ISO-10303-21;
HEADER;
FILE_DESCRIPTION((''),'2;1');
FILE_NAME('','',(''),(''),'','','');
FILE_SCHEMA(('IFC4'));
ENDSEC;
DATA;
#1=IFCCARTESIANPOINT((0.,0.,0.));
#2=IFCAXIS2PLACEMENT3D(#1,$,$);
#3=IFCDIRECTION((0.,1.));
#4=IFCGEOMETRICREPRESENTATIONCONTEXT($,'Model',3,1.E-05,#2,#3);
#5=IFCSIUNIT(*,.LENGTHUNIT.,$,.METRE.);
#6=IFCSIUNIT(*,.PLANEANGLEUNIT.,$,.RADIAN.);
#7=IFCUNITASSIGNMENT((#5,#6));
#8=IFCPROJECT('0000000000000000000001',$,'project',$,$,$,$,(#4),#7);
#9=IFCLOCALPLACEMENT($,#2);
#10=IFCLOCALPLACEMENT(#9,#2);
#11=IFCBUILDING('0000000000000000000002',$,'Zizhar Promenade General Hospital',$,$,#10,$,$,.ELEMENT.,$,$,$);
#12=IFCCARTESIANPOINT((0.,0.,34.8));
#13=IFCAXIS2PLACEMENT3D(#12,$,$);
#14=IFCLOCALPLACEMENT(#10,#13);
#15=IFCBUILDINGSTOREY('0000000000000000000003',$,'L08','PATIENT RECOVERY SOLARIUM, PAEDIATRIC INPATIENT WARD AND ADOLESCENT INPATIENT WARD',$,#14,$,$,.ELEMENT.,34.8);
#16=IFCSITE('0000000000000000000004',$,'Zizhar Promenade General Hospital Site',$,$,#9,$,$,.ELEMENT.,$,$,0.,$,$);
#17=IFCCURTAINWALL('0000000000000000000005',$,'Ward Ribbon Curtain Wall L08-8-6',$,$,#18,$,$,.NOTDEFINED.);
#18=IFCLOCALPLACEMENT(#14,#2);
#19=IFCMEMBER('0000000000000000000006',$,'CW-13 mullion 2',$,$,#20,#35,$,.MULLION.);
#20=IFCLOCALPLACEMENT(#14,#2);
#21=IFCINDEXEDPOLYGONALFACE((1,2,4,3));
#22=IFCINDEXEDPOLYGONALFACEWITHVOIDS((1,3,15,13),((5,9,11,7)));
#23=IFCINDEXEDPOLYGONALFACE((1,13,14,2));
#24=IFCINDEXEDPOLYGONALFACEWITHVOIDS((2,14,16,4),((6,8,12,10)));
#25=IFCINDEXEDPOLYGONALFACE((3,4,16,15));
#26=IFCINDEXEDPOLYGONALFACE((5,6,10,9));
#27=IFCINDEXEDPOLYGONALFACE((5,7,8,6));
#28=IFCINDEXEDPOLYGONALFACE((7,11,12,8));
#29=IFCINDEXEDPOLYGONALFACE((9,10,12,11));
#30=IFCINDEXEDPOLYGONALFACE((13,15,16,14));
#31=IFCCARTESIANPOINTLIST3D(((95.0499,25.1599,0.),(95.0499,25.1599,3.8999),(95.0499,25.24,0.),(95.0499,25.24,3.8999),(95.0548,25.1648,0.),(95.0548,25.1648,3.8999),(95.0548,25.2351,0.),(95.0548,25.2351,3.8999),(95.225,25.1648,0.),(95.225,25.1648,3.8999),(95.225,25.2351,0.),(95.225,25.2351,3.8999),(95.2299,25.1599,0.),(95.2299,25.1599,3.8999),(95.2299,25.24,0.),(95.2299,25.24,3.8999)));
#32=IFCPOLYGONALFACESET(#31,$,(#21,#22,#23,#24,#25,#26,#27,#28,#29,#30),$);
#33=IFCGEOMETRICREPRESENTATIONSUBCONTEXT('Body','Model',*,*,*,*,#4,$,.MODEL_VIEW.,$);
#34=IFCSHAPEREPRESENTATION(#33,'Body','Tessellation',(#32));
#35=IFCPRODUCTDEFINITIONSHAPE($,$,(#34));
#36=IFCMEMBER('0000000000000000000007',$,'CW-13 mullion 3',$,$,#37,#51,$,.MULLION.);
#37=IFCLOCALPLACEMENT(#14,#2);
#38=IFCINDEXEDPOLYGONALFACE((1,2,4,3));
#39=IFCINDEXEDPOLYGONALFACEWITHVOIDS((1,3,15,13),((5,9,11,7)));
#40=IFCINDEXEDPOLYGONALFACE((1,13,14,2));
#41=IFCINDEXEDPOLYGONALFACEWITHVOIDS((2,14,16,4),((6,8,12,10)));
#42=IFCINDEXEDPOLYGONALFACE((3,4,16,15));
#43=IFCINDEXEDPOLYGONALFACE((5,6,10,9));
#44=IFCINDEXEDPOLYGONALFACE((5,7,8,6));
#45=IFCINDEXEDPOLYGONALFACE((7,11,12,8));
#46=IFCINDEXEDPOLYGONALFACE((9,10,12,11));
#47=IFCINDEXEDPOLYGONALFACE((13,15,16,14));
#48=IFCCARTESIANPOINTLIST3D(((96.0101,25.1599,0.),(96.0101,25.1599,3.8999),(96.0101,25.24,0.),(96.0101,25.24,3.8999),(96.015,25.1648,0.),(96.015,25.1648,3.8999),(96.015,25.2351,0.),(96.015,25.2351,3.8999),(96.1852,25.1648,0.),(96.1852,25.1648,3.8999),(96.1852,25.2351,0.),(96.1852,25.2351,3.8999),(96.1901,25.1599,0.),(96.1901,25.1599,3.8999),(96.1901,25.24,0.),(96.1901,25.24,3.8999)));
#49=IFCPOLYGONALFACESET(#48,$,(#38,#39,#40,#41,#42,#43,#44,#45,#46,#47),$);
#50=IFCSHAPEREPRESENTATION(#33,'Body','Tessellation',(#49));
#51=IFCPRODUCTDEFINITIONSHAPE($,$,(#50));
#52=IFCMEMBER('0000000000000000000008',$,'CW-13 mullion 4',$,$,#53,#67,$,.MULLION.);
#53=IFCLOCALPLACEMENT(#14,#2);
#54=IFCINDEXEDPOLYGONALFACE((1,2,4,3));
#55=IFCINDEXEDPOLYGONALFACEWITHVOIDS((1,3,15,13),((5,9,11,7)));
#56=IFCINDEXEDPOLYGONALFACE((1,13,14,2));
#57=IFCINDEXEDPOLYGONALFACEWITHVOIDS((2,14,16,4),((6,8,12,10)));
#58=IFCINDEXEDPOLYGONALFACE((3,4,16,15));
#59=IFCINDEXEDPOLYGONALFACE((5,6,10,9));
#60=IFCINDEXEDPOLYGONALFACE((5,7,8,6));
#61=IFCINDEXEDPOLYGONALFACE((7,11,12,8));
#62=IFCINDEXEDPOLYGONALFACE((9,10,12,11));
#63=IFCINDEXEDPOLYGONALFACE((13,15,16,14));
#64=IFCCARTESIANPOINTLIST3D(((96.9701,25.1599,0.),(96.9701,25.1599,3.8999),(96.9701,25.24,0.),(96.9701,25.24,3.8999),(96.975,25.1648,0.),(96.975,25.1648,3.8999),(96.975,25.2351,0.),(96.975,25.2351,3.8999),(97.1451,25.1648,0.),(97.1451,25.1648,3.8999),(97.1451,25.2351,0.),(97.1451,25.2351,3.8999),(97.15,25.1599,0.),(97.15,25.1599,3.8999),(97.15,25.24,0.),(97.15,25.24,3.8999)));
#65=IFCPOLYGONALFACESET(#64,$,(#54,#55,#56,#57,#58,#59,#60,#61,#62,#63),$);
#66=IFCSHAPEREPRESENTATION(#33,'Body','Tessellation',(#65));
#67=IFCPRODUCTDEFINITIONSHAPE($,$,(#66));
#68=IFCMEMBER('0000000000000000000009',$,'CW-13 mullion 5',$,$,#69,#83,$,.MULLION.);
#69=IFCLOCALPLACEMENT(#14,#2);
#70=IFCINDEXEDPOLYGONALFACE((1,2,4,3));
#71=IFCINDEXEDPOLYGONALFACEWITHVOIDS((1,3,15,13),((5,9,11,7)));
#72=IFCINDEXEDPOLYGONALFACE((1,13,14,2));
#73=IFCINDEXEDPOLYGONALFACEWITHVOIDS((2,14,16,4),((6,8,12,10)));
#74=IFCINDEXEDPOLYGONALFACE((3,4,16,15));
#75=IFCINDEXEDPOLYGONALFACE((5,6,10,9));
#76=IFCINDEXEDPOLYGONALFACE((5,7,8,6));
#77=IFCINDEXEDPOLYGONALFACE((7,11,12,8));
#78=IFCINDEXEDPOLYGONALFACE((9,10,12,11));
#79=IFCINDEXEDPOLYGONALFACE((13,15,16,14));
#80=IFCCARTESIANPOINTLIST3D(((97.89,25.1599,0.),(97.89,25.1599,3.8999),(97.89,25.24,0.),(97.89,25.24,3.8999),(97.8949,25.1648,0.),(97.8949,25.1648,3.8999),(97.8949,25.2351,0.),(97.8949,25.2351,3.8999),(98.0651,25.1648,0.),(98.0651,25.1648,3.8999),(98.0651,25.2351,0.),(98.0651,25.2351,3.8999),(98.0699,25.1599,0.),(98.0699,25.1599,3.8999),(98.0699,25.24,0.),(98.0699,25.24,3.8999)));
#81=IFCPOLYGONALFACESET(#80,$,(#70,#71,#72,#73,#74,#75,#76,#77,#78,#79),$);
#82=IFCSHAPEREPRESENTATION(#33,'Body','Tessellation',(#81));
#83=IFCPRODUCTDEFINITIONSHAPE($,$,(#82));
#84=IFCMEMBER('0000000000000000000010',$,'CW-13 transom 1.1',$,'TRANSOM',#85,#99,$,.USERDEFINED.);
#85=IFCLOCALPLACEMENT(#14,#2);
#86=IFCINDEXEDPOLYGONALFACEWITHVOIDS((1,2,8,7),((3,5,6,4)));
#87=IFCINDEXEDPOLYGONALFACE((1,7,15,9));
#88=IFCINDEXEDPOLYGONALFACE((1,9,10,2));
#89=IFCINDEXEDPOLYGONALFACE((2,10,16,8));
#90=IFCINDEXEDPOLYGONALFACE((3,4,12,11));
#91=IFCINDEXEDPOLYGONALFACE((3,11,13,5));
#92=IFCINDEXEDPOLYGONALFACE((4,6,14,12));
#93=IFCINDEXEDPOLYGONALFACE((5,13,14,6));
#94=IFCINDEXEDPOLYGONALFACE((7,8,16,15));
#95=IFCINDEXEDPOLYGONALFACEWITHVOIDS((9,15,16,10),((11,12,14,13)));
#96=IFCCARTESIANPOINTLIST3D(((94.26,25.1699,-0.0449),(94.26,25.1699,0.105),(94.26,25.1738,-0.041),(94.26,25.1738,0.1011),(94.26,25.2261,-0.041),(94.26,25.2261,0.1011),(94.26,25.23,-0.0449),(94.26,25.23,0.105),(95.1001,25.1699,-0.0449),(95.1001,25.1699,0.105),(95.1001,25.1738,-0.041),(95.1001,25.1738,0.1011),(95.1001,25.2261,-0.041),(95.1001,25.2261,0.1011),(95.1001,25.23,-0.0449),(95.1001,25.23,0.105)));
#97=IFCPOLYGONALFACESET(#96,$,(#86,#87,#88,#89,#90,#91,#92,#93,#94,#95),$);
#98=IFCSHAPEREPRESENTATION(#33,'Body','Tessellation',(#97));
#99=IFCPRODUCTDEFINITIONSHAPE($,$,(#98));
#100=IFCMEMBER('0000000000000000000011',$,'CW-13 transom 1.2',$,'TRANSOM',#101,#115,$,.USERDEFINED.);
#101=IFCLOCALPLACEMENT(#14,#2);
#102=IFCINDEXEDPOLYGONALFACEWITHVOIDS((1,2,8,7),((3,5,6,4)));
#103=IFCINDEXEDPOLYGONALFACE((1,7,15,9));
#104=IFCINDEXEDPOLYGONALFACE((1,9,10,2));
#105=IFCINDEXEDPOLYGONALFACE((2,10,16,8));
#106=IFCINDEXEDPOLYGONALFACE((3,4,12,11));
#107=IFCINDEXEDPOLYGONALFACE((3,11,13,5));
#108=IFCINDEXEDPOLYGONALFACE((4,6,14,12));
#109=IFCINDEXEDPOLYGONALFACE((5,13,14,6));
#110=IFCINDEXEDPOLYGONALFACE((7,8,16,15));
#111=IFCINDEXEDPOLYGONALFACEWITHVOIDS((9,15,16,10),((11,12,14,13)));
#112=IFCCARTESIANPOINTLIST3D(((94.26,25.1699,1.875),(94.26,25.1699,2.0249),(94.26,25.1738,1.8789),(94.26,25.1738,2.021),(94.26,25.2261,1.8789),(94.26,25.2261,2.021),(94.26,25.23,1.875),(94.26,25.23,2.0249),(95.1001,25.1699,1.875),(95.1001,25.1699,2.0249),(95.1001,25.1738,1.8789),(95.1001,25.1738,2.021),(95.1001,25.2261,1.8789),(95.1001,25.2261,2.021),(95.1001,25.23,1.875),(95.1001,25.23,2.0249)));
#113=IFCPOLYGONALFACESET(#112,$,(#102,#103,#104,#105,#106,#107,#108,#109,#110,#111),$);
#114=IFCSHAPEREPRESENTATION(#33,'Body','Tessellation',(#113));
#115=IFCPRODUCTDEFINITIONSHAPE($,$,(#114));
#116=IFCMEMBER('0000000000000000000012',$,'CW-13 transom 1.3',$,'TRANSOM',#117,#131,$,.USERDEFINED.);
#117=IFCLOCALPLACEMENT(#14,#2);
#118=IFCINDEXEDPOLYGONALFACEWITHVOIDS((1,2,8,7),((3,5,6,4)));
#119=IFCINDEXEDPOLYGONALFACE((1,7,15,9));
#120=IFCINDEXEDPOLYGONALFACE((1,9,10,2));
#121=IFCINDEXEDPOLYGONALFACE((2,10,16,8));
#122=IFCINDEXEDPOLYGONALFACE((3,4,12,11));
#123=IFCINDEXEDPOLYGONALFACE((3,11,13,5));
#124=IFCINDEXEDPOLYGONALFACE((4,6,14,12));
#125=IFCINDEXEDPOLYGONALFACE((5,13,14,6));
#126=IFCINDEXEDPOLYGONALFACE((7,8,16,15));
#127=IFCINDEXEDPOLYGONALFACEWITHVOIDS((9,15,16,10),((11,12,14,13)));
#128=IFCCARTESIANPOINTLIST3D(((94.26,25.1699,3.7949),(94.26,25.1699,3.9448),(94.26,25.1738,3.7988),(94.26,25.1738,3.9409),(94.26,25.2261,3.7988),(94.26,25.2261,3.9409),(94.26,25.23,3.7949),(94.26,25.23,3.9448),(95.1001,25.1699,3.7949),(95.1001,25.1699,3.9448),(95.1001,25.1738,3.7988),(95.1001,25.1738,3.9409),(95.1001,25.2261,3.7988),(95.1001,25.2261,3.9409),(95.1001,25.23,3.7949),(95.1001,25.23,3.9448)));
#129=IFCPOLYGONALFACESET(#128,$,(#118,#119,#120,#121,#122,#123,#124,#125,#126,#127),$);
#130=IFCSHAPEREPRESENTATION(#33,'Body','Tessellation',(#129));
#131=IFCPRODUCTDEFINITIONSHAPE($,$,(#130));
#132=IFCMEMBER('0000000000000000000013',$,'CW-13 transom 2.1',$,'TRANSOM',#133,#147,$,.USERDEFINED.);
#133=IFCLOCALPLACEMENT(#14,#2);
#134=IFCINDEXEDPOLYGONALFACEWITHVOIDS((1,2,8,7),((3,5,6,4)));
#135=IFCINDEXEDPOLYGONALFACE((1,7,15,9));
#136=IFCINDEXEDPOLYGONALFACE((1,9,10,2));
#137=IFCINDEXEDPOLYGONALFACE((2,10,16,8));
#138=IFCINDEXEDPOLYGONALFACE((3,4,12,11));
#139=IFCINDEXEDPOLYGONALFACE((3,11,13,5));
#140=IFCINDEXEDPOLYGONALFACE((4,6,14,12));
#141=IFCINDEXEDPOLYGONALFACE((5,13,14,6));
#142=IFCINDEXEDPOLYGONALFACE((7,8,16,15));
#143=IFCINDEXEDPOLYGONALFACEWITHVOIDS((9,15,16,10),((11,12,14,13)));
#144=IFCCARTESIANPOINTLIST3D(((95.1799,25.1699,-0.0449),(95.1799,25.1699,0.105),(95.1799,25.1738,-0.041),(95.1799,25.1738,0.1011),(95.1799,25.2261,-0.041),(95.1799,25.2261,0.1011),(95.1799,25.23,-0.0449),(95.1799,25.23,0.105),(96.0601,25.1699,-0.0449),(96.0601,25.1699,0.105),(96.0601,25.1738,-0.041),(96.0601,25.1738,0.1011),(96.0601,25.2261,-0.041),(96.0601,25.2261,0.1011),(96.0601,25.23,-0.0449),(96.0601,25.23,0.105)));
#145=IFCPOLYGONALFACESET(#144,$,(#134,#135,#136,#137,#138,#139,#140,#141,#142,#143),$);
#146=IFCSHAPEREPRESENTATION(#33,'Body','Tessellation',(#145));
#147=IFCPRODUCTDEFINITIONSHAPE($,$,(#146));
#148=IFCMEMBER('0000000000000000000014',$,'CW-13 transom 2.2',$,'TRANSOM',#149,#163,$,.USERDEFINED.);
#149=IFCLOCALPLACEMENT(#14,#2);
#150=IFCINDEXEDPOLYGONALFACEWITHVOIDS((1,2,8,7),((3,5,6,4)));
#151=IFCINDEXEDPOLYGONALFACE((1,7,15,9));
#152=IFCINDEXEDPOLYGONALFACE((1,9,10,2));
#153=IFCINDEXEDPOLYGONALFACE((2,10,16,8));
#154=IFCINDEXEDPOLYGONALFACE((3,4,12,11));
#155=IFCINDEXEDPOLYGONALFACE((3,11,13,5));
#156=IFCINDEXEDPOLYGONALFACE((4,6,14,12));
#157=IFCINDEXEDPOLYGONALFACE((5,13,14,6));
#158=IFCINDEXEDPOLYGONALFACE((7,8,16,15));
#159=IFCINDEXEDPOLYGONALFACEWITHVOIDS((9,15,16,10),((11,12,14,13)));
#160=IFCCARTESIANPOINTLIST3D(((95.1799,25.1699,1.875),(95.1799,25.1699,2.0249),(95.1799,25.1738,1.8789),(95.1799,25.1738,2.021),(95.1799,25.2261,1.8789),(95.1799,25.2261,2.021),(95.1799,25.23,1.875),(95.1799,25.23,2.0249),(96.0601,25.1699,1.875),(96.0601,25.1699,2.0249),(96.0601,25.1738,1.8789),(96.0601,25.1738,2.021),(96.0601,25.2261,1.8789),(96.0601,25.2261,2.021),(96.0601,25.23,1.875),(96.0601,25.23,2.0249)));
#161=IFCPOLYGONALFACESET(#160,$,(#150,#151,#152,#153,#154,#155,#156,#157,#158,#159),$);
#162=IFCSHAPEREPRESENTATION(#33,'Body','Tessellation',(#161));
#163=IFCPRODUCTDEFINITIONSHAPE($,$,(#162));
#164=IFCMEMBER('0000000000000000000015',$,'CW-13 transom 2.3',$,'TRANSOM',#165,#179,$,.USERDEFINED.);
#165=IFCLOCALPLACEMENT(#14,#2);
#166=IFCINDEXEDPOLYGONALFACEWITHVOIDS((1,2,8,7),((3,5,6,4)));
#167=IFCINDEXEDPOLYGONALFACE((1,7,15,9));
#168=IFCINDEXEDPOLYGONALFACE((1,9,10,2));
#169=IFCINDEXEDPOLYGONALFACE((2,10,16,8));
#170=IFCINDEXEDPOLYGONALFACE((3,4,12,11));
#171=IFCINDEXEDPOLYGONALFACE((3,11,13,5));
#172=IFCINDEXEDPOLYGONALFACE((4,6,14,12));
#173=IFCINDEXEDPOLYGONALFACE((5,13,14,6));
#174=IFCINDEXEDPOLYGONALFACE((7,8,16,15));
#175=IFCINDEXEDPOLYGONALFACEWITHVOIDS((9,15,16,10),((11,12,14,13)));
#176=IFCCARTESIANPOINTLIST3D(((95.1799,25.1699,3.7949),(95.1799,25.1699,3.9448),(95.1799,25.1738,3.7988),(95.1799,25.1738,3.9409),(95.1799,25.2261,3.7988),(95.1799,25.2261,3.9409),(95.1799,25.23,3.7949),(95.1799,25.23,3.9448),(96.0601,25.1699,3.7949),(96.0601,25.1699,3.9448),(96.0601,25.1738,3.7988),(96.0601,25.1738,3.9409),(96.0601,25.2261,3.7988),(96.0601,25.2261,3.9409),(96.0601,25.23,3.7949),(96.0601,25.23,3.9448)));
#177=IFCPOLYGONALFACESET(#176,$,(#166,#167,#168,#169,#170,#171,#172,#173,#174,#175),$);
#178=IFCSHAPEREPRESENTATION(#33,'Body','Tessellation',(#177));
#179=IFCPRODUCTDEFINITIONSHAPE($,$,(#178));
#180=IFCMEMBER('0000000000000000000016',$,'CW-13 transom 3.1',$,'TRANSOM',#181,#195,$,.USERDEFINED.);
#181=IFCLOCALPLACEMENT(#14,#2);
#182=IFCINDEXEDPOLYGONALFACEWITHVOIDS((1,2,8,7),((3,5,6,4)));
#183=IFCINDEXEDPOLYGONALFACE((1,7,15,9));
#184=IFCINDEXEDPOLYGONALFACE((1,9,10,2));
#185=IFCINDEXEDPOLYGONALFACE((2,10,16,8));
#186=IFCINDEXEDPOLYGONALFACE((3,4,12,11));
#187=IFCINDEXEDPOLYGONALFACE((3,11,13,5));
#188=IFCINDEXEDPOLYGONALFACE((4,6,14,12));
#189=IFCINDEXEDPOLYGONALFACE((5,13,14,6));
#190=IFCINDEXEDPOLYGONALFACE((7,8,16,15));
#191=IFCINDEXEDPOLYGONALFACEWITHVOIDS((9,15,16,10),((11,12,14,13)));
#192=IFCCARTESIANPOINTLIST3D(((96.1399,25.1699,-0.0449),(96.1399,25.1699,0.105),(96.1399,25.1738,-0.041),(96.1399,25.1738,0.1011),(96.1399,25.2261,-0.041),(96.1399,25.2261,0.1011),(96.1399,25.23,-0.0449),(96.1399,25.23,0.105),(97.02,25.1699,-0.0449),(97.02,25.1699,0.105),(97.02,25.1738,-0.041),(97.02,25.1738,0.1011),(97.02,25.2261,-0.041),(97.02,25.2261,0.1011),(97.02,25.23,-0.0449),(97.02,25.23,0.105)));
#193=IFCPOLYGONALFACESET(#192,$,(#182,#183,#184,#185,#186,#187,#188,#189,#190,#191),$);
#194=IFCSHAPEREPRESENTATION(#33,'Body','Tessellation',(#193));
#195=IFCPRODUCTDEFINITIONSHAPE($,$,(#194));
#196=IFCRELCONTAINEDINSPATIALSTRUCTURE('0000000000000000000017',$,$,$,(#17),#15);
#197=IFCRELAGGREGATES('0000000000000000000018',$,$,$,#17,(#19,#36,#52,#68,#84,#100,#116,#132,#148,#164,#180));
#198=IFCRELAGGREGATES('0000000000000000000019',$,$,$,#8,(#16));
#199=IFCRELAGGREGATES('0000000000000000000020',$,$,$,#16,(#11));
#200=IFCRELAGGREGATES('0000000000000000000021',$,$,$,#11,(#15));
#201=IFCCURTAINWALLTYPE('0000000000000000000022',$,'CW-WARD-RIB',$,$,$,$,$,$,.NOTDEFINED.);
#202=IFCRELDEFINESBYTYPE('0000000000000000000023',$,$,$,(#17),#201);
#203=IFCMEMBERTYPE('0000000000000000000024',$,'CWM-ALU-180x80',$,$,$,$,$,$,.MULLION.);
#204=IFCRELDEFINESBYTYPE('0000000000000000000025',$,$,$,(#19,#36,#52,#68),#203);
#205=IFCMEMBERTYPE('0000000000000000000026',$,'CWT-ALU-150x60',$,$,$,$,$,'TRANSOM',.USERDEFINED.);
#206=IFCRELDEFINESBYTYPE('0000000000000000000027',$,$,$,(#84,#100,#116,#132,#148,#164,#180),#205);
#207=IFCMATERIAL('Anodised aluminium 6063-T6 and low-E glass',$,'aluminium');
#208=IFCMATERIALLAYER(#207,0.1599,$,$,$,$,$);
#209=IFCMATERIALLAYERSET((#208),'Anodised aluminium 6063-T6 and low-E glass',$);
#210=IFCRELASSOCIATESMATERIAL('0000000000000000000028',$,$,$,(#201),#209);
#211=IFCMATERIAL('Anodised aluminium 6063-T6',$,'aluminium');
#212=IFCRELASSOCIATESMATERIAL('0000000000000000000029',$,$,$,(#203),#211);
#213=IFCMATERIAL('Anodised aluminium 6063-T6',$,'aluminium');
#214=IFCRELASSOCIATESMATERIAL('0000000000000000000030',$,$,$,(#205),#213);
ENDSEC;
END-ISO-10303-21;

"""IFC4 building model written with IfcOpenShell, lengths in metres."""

from ifc_helpers import new_model, si_unit, direction, frame, origin, origin_2d, place, context, subcontext, project, spatial, hollow_rectangle, extrude, material, layer, layer_set, material_profile, profile_set, type_object, element, aggregate, save


model = new_model("IFC4")

# Units and contexts
model_context = context("Model", 3, precision=1e-05, world=origin(), true_north=direction((0.0, 1.0)))
body_context = subcontext(model_context, "Body", "Model", "MODEL_VIEW")
ifc_project = project(units=[si_unit("LENGTHUNIT", "METRE"), si_unit("PLANEANGLEUNIT", "RADIAN")], contexts=[model_context])

# Site, building, storey
site_placement = place(None, origin())
site = spatial("IfcSite", under=ifc_project, at=site_placement, Name="Zizhar Promenade General Hospital Site", CompositionType="ELEMENT", RefElevation=0.0)
building_placement = place(site_placement, origin())
building = spatial("IfcBuilding", under=site, at=building_placement, Name="Zizhar Promenade General Hospital", CompositionType="ELEMENT")
storey_placement = place(building_placement, frame((0.0, 0.0, 34.8)))
storey = spatial("IfcBuildingStorey", under=building, at=storey_placement, Name="L08", Description="PATIENT RECOVERY SOLARIUM, PAEDIATRIC INPATIENT WARD AND ADOLESCENT INPATIENT WARD", CompositionType="ELEMENT", Elevation=34.8)

# Curtain wall, members
ifc_material_1 = material(Name="Anodised aluminium 6063-T6 and low-E glass", Category="aluminium")
ifc_layer_1 = layer(ifc_material_1, 0.1599)
ifc_layer_set_1 = layer_set([ifc_layer_1], Name="Anodised aluminium 6063-T6 and low-E glass")
curtain_wall_type = type_object("IfcCurtainWallType", Name="CW-WARD-RIB", PredefinedType="NOTDEFINED", material=ifc_layer_set_1)
curtain_wall_placement = place(storey_placement, origin())
curtain_wall = element("IfcCurtainWall", 1, at=curtain_wall_placement, inside=storey, type_object=curtain_wall_type, Name="Ward Ribbon Curtain Wall L08-8-6", PredefinedType="NOTDEFINED")
ifc_material_2 = material(Name="Anodised aluminium 6063-T6", Category="aluminium")
ifc_material_profile_1 = material_profile(ifc_material_2, hollow_rectangle(XDim=0.0801, YDim=0.1799, WallThickness=0.0049, at=origin_2d()))
ifc_profile_set_1 = profile_set([ifc_material_profile_1], Name="Anodised aluminium 6063-T6")
member_type_1 = type_object("IfcMemberType", Name="CWM-ALU-180x80", PredefinedType="MULLION", material=ifc_profile_set_1)
member_1_placement = place(storey_placement, frame((95.1399, 25.2, 0.0), z_axis=(0.0, 0.0, 1.0), x_axis=(0.0, 1.0, 0.0)))
member_1 = element("IfcMember", 2, at=member_1_placement, type_object=member_type_1, Name="CW-13 mullion 2", PredefinedType="MULLION", context=body_context, shape_type="SweptSolid", body=[
    extrude(hollow_rectangle(XDim=0.0801, YDim=0.1799, WallThickness=0.0049, at=origin_2d()), origin(), (0.0, 0.0, 1.0), 3.8999),
])
member_2_placement = place(storey_placement, frame((96.1001, 25.2, 0.0), z_axis=(0.0, 0.0, 1.0), x_axis=(0.0, 1.0, 0.0)))
member_2 = element("IfcMember", 3, at=member_2_placement, type_object=member_type_1, Name="CW-13 mullion 3", PredefinedType="MULLION", context=body_context, shape_type="SweptSolid", body=[
    extrude(hollow_rectangle(XDim=0.0801, YDim=0.1799, WallThickness=0.0049, at=origin_2d()), origin(), (0.0, 0.0, 1.0), 3.8999),
])
member_3_placement = place(storey_placement, frame((97.0601, 25.2, 0.0), z_axis=(0.0, 0.0, 1.0), x_axis=(0.0, 1.0, 0.0)))
member_3 = element("IfcMember", 4, at=member_3_placement, type_object=member_type_1, Name="CW-13 mullion 4", PredefinedType="MULLION", context=body_context, shape_type="SweptSolid", body=[
    extrude(hollow_rectangle(XDim=0.0801, YDim=0.1799, WallThickness=0.0049, at=origin_2d()), origin(), (0.0, 0.0, 1.0), 3.8999),
])
member_4_placement = place(storey_placement, frame((97.98, 25.2, 0.0), z_axis=(0.0, 0.0, 1.0), x_axis=(0.0, 1.0, 0.0)))
member_4 = element("IfcMember", 5, at=member_4_placement, type_object=member_type_1, Name="CW-13 mullion 5", PredefinedType="MULLION", context=body_context, shape_type="SweptSolid", body=[
    extrude(hollow_rectangle(XDim=0.0801, YDim=0.1799, WallThickness=0.0049, at=origin_2d()), origin(), (0.0, 0.0, 1.0), 3.8999),
])
ifc_material_3 = material(Name="Anodised aluminium 6063-T6", Category="aluminium")
ifc_material_profile_2 = material_profile(ifc_material_3, hollow_rectangle(XDim=0.0601, YDim=0.1499, WallThickness=0.0039, at=origin_2d()))
ifc_profile_set_2 = profile_set([ifc_material_profile_2], Name="Anodised aluminium 6063-T6")
member_type_2 = type_object("IfcMemberType", Name="CWT-ALU-150x60", ElementType="TRANSOM", PredefinedType="USERDEFINED", material=ifc_profile_set_2)
member_5_placement = place(storey_placement, frame((94.26, 25.2, 0.03), z_axis=(1.0, 0.0, 0.0), x_axis=(0.0, 1.0, 0.0)))
member_5 = element("IfcMember", 6, at=member_5_placement, type_object=member_type_2, Name="CW-13 transom 1.1", ObjectType="TRANSOM", PredefinedType="USERDEFINED", context=body_context, shape_type="SweptSolid", body=[
    extrude(hollow_rectangle(XDim=0.0601, YDim=0.1499, WallThickness=0.0039, at=origin_2d()), origin(), (0.0, 0.0, 1.0), 0.8401),
])
member_6_placement = place(storey_placement, frame((94.26, 25.2, 1.95), z_axis=(1.0, 0.0, 0.0), x_axis=(0.0, 1.0, 0.0)))
member_6 = element("IfcMember", 7, at=member_6_placement, type_object=member_type_2, Name="CW-13 transom 1.2", ObjectType="TRANSOM", PredefinedType="USERDEFINED", context=body_context, shape_type="SweptSolid", body=[
    extrude(hollow_rectangle(XDim=0.0601, YDim=0.1499, WallThickness=0.0039, at=origin_2d()), origin(), (0.0, 0.0, 1.0), 0.8401),
])
member_7_placement = place(storey_placement, frame((94.26, 25.2, 3.8699), z_axis=(1.0, 0.0, 0.0), x_axis=(0.0, 1.0, 0.0)))
member_7 = element("IfcMember", 8, at=member_7_placement, type_object=member_type_2, Name="CW-13 transom 1.3", ObjectType="TRANSOM", PredefinedType="USERDEFINED", context=body_context, shape_type="SweptSolid", body=[
    extrude(hollow_rectangle(XDim=0.0601, YDim=0.1499, WallThickness=0.0039, at=origin_2d()), origin(), (0.0, 0.0, 1.0), 0.8401),
])
member_8_placement = place(storey_placement, frame((95.1799, 25.2, 0.03), z_axis=(1.0, 0.0, 0.0), x_axis=(0.0, 1.0, 0.0)))
member_8 = element("IfcMember", 9, at=member_8_placement, type_object=member_type_2, Name="CW-13 transom 2.1", ObjectType="TRANSOM", PredefinedType="USERDEFINED", context=body_context, shape_type="SweptSolid", body=[
    extrude(hollow_rectangle(XDim=0.0601, YDim=0.1499, WallThickness=0.0039, at=origin_2d()), origin(), (0.0, 0.0, 1.0), 0.8801),
])
member_9_placement = place(storey_placement, frame((95.1799, 25.2, 1.95), z_axis=(1.0, 0.0, 0.0), x_axis=(0.0, 1.0, 0.0)))
member_9 = element("IfcMember", 10, at=member_9_placement, type_object=member_type_2, Name="CW-13 transom 2.2", ObjectType="TRANSOM", PredefinedType="USERDEFINED", context=body_context, shape_type="SweptSolid", body=[
    extrude(hollow_rectangle(XDim=0.0601, YDim=0.1499, WallThickness=0.0039, at=origin_2d()), origin(), (0.0, 0.0, 1.0), 0.8801),
])
member_10_placement = place(storey_placement, frame((95.1799, 25.2, 3.8699), z_axis=(1.0, 0.0, 0.0), x_axis=(0.0, 1.0, 0.0)))
member_10 = element("IfcMember", 11, at=member_10_placement, type_object=member_type_2, Name="CW-13 transom 2.3", ObjectType="TRANSOM", PredefinedType="USERDEFINED", context=body_context, shape_type="SweptSolid", body=[
    extrude(hollow_rectangle(XDim=0.0601, YDim=0.1499, WallThickness=0.0039, at=origin_2d()), origin(), (0.0, 0.0, 1.0), 0.8801),
])
member_11_placement = place(storey_placement, frame((96.1399, 25.2, 0.03), z_axis=(1.0, 0.0, 0.0), x_axis=(0.0, 1.0, 0.0)))
member_11 = element("IfcMember", 12, at=member_11_placement, type_object=member_type_2, Name="CW-13 transom 3.1", ObjectType="TRANSOM", PredefinedType="USERDEFINED", context=body_context, shape_type="SweptSolid", body=[
    extrude(hollow_rectangle(XDim=0.0601, YDim=0.1499, WallThickness=0.0039, at=origin_2d()), origin(), (0.0, 0.0, 1.0), 0.8801),
])
aggregate(curtain_wall, [member_1, member_2, member_3, member_4, member_5, member_6, member_7, member_8, member_9, member_10, member_11])

save(model, "model.ifc")
